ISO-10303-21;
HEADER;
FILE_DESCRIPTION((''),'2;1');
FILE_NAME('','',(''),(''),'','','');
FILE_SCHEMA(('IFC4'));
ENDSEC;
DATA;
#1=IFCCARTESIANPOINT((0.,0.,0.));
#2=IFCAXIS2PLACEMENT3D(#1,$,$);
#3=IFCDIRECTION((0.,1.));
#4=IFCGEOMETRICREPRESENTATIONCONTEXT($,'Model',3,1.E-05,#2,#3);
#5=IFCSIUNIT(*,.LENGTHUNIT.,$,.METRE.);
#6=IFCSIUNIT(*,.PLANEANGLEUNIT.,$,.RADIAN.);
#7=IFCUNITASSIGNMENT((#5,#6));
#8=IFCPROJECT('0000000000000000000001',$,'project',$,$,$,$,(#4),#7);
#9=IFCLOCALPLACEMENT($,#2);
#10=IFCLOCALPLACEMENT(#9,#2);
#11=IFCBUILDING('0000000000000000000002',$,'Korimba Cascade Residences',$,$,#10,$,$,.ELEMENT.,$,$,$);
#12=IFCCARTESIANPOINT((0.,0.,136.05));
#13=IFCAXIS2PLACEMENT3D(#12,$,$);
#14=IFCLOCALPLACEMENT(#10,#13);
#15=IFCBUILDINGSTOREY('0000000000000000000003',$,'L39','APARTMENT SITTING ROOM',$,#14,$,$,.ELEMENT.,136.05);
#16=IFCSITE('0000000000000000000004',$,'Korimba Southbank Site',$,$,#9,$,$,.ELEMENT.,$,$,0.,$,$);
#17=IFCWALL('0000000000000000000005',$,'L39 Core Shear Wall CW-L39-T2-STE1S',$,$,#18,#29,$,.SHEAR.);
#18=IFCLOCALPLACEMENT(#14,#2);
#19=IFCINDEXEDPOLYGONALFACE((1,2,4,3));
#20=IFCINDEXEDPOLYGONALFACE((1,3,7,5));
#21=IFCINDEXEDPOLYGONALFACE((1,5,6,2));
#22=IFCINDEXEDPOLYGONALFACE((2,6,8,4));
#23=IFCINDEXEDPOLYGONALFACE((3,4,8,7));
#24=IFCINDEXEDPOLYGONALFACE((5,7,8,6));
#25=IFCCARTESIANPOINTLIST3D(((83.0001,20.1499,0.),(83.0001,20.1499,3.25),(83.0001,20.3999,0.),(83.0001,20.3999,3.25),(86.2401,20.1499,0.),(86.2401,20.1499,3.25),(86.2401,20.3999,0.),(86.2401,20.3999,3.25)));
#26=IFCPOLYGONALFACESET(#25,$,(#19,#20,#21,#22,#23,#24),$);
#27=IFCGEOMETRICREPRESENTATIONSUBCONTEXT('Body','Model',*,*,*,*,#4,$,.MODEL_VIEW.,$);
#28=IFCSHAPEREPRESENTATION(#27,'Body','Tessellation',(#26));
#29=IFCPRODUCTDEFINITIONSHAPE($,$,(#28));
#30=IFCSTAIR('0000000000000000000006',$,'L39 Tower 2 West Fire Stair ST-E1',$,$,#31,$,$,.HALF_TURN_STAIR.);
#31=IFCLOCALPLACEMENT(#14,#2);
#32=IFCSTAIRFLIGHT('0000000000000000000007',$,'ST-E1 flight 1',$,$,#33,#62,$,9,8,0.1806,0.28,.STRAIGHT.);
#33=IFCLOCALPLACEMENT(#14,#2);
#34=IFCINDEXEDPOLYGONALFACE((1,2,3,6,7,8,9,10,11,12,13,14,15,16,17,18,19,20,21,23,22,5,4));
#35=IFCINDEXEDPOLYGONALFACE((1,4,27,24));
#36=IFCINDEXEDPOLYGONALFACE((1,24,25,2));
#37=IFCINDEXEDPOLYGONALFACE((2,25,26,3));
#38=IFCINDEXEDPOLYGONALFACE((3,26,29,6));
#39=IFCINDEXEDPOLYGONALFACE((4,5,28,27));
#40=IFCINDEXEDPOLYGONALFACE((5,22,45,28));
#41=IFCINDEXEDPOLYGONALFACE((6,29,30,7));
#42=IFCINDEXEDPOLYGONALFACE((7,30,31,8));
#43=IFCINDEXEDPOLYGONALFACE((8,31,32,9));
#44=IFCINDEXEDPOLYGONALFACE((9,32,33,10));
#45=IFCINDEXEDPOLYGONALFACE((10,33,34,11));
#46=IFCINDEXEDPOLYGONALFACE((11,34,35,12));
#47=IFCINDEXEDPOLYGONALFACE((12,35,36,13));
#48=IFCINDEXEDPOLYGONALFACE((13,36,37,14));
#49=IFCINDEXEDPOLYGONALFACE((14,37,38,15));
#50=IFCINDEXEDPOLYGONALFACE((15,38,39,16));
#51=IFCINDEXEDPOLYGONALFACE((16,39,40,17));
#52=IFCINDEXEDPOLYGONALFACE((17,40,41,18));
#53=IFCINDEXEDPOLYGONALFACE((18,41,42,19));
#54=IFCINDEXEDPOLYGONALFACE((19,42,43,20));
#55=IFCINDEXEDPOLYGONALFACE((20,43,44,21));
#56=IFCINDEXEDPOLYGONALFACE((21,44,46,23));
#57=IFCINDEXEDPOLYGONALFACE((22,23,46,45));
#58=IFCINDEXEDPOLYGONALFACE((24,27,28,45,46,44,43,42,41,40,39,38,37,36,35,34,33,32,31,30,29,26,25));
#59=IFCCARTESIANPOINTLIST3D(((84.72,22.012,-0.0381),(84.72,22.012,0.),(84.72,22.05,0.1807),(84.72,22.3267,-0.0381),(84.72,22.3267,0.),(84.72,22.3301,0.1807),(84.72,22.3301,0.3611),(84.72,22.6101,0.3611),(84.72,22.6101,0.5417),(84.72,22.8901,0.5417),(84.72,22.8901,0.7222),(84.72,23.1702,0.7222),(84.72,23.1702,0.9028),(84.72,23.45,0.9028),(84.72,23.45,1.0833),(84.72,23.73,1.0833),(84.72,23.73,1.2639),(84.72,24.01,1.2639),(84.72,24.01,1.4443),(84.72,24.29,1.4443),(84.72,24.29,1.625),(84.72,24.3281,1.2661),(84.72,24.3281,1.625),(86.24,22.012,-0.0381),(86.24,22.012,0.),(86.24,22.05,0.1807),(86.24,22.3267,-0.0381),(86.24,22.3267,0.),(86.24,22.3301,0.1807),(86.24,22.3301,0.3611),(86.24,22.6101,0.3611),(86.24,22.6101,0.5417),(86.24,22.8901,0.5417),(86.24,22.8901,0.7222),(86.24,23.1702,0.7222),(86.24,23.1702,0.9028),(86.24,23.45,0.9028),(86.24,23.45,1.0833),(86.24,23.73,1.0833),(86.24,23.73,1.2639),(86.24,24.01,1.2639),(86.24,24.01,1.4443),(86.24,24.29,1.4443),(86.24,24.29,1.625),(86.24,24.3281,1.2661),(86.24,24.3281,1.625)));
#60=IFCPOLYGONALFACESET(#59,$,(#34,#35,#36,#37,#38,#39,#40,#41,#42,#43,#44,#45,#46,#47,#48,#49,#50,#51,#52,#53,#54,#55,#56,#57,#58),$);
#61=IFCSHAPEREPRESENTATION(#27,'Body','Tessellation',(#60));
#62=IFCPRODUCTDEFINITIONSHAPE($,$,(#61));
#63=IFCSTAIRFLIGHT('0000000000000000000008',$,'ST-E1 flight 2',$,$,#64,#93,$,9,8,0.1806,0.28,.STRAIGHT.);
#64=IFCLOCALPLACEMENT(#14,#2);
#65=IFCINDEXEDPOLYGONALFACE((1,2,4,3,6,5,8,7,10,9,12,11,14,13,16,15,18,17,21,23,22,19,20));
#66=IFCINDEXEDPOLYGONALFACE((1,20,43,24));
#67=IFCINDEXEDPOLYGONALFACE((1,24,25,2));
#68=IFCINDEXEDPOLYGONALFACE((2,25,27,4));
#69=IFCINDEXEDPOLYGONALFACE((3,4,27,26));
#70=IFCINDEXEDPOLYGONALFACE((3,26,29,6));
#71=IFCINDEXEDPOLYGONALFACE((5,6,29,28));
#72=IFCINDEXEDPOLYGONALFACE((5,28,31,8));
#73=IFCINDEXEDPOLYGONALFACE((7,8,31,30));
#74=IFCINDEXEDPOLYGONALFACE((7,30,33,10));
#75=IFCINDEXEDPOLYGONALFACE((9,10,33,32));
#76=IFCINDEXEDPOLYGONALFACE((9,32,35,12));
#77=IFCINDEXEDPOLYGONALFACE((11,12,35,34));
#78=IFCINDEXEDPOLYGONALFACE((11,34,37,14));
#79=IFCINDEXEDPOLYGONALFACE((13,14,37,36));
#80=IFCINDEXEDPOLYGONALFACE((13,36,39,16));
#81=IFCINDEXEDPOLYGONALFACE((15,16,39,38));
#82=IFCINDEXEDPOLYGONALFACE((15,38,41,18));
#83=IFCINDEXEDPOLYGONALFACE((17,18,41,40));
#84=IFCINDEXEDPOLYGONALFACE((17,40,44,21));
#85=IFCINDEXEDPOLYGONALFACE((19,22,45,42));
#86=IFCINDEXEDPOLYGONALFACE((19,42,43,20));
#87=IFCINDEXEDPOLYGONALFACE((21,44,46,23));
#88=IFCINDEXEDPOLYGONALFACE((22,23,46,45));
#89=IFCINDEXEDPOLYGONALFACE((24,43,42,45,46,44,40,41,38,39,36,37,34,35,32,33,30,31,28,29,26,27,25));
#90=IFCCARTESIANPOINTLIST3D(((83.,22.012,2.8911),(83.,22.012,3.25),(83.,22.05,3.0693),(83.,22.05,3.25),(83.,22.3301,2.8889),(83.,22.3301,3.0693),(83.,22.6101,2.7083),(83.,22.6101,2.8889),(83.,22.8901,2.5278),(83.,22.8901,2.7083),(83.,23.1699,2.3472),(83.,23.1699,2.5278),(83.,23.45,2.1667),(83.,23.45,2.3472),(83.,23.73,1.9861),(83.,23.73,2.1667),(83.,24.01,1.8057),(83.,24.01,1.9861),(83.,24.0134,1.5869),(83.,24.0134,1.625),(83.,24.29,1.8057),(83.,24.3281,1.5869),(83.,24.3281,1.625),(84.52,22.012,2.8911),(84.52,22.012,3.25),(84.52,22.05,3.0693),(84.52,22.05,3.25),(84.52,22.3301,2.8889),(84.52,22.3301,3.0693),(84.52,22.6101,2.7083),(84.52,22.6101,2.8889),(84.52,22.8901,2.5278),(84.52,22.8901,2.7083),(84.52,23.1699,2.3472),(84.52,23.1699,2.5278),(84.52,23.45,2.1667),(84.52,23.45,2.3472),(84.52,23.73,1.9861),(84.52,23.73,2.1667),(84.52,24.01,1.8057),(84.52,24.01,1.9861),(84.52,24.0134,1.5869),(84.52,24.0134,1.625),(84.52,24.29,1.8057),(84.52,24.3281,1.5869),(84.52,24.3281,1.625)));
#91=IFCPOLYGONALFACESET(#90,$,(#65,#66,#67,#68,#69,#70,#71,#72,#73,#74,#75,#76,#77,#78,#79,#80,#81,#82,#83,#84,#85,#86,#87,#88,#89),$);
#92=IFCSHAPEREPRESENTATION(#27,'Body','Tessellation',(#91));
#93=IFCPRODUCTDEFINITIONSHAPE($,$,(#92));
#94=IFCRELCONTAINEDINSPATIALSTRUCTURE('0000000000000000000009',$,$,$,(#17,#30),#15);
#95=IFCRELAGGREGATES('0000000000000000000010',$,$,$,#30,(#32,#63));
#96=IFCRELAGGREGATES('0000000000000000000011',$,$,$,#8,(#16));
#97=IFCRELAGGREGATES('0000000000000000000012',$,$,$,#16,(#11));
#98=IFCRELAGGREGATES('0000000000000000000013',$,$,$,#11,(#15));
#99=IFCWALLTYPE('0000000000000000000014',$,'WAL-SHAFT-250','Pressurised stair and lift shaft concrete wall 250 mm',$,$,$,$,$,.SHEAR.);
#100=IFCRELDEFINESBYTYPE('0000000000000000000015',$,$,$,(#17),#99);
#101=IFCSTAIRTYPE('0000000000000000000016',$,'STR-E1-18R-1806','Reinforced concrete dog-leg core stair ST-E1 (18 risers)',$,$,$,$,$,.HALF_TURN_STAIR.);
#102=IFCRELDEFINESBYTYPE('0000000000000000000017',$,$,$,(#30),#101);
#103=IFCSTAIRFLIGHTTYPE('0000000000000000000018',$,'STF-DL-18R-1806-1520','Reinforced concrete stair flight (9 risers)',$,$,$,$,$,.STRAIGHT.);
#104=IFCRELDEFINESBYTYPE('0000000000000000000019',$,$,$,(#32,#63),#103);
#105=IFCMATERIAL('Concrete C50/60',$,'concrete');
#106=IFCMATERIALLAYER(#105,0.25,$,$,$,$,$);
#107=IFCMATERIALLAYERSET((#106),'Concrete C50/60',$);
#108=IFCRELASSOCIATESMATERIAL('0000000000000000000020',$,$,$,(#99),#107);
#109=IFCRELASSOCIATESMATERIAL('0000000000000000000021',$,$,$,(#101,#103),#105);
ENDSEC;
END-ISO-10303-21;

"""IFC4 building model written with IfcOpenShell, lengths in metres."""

from ifc_helpers import new_model, si_unit, direction, frame, frame_2d, origin, place, context, subcontext, project, spatial, polyline, rectangle, outline, extrude, material, layer, layer_set, type_object, element, aggregate, save


model = new_model("IFC4")

# Units and contexts
model_context = context("Model", 3, precision=1e-05, world=origin(), true_north=direction((0.0, 1.0)))
body_context = subcontext(model_context, "Body", "Model", "MODEL_VIEW")
ifc_project = project(units=[si_unit("LENGTHUNIT", "METRE"), si_unit("PLANEANGLEUNIT", "RADIAN")], contexts=[model_context])

# Site, building, storey
site_placement = place(None, origin())
site = spatial("IfcSite", under=ifc_project, at=site_placement, Name="Korimba Southbank Site", CompositionType="ELEMENT", RefElevation=0.0)
building_placement = place(site_placement, origin())
building = spatial("IfcBuilding", under=site, at=building_placement, Name="Korimba Cascade Residences", CompositionType="ELEMENT")
storey_placement = place(building_placement, frame((0.0, 0.0, 136.05)))
storey = spatial("IfcBuildingStorey", under=building, at=storey_placement, Name="L39", Description="APARTMENT SITTING ROOM", CompositionType="ELEMENT", Elevation=136.05)

# Wall
ifc_material_1 = material(Name="Concrete C50/60", Category="concrete")
ifc_layer_1 = layer(ifc_material_1, 0.25)
ifc_layer_set_1 = layer_set([ifc_layer_1], Name="Concrete C50/60")
wall_type_1 = type_object("IfcWallType", Name="WAL-SHAFT-250", Description="Pressurised stair and lift shaft concrete wall 250 mm", PredefinedType="SHEAR", material=ifc_layer_set_1)
wall_1_placement = place(storey_placement, frame((83.0, 20.2749, 0.0), z_axis=(0.0, 0.0, 1.0), x_axis=(1.0, 0.0, 0.0)))
element("IfcWall", 1, at=wall_1_placement, inside=storey, type_object=wall_type_1, Name="L39 Core Shear Wall CW-L39-T2-STE1S", PredefinedType="SHEAR", context=body_context, shape_type="SweptSolid", body=[
    extrude(rectangle(XDim=3.24, YDim=0.25, at=frame_2d((1.6201, 0.0))), origin(), (0.0, 0.0, 1.0), 3.25),
])

# Stair, stair flights
stair_type = type_object("IfcStairType", Name="STR-E1-18R-1806", Description="Reinforced concrete dog-leg core stair ST-E1 (18 risers)", PredefinedType="HALF_TURN_STAIR", material=ifc_material_1)
stair_placement = place(storey_placement, origin())
stair = element("IfcStair", 2, at=stair_placement, inside=storey, type_object=stair_type, Name="L39 Tower 2 West Fire Stair ST-E1", PredefinedType="HALF_TURN_STAIR")
stair_flight_type = type_object("IfcStairFlightType", Name="STF-DL-18R-1806-1520", Description="Reinforced concrete stair flight (9 risers)", PredefinedType="STRAIGHT", material=ifc_material_1)
stair_flight_1_placement = place(storey_placement, frame((85.48, 22.05, 0.0), z_axis=(0.0, 0.0, 1.0), x_axis=(0.0, 1.0, 0.0)))
stair_flight_1 = element("IfcStairFlight", 3, at=stair_flight_1_placement, type_object=stair_flight_type, Name="ST-E1 flight 1", NumberOfRisers=9, NumberOfTreads=8, PredefinedType="STRAIGHT", RiserHeight=0.1806, TreadLength=0.28, context=body_context, shape_type="SweptSolid", body=[
    extrude(outline(polyline([(-0.0381, 0.0), (0.0, 0.1807), (0.28, 0.1807), (0.28, 0.3611), (0.5601, 0.3611), (0.5601, 0.5417), (0.8401, 0.5417), (0.8401, 0.7222), (1.1201, 0.7222), (1.1201, 0.9028), (1.3999, 0.9028), (1.3999, 1.0833), (1.6799, 1.0833), (1.6799, 1.2639), (1.96, 1.2639), (1.96, 1.4443), (2.24, 1.4443), (2.24, 1.625), (2.2781, 1.625), (2.2781, 1.2661), (0.2766, 0.0), (0.2766, -0.0381), (-0.0381, -0.0381), (-0.0381, 0.0)])), frame((0.0, 0.76, 0.0), z_axis=(0.0, -1.0, 0.0), x_axis=(1.0, 0.0, 0.0)), (0.0, 0.0, 1.0), 1.52),
])
stair_flight_2_placement = place(storey_placement, frame((83.76, 24.29, 1.625), z_axis=(0.0, 0.0, 1.0), x_axis=(0.0, -1.0, 0.0)))
stair_flight_2 = element("IfcStairFlight", 4, at=stair_flight_2_placement, type_object=stair_flight_type, Name="ST-E1 flight 2", NumberOfRisers=9, NumberOfTreads=8, PredefinedType="STRAIGHT", RiserHeight=0.1806, TreadLength=0.28, context=body_context, shape_type="SweptSolid", body=[
    extrude(outline(polyline([(-0.0381, 0.0), (0.0, 0.1807), (0.28, 0.1807), (0.28, 0.3611), (0.5601, 0.3611), (0.5601, 0.5417), (0.8401, 0.5417), (0.8401, 0.7222), (1.1201, 0.7222), (1.1201, 0.9028), (1.3999, 0.9028), (1.3999, 1.0833), (1.6799, 1.0833), (1.6799, 1.2639), (1.96, 1.2639), (1.96, 1.4443), (2.24, 1.4443), (2.24, 1.625), (2.2781, 1.625), (2.2781, 1.2661), (0.2766, 0.0), (0.2766, -0.0381), (-0.0381, -0.0381), (-0.0381, 0.0)])), frame((0.0, 0.76, 0.0), z_axis=(0.0, -1.0, 0.0), x_axis=(1.0, 0.0, 0.0)), (0.0, 0.0, 1.0), 1.52),
])
aggregate(stair, [stair_flight_1, stair_flight_2])

save(model, "model.ifc")
